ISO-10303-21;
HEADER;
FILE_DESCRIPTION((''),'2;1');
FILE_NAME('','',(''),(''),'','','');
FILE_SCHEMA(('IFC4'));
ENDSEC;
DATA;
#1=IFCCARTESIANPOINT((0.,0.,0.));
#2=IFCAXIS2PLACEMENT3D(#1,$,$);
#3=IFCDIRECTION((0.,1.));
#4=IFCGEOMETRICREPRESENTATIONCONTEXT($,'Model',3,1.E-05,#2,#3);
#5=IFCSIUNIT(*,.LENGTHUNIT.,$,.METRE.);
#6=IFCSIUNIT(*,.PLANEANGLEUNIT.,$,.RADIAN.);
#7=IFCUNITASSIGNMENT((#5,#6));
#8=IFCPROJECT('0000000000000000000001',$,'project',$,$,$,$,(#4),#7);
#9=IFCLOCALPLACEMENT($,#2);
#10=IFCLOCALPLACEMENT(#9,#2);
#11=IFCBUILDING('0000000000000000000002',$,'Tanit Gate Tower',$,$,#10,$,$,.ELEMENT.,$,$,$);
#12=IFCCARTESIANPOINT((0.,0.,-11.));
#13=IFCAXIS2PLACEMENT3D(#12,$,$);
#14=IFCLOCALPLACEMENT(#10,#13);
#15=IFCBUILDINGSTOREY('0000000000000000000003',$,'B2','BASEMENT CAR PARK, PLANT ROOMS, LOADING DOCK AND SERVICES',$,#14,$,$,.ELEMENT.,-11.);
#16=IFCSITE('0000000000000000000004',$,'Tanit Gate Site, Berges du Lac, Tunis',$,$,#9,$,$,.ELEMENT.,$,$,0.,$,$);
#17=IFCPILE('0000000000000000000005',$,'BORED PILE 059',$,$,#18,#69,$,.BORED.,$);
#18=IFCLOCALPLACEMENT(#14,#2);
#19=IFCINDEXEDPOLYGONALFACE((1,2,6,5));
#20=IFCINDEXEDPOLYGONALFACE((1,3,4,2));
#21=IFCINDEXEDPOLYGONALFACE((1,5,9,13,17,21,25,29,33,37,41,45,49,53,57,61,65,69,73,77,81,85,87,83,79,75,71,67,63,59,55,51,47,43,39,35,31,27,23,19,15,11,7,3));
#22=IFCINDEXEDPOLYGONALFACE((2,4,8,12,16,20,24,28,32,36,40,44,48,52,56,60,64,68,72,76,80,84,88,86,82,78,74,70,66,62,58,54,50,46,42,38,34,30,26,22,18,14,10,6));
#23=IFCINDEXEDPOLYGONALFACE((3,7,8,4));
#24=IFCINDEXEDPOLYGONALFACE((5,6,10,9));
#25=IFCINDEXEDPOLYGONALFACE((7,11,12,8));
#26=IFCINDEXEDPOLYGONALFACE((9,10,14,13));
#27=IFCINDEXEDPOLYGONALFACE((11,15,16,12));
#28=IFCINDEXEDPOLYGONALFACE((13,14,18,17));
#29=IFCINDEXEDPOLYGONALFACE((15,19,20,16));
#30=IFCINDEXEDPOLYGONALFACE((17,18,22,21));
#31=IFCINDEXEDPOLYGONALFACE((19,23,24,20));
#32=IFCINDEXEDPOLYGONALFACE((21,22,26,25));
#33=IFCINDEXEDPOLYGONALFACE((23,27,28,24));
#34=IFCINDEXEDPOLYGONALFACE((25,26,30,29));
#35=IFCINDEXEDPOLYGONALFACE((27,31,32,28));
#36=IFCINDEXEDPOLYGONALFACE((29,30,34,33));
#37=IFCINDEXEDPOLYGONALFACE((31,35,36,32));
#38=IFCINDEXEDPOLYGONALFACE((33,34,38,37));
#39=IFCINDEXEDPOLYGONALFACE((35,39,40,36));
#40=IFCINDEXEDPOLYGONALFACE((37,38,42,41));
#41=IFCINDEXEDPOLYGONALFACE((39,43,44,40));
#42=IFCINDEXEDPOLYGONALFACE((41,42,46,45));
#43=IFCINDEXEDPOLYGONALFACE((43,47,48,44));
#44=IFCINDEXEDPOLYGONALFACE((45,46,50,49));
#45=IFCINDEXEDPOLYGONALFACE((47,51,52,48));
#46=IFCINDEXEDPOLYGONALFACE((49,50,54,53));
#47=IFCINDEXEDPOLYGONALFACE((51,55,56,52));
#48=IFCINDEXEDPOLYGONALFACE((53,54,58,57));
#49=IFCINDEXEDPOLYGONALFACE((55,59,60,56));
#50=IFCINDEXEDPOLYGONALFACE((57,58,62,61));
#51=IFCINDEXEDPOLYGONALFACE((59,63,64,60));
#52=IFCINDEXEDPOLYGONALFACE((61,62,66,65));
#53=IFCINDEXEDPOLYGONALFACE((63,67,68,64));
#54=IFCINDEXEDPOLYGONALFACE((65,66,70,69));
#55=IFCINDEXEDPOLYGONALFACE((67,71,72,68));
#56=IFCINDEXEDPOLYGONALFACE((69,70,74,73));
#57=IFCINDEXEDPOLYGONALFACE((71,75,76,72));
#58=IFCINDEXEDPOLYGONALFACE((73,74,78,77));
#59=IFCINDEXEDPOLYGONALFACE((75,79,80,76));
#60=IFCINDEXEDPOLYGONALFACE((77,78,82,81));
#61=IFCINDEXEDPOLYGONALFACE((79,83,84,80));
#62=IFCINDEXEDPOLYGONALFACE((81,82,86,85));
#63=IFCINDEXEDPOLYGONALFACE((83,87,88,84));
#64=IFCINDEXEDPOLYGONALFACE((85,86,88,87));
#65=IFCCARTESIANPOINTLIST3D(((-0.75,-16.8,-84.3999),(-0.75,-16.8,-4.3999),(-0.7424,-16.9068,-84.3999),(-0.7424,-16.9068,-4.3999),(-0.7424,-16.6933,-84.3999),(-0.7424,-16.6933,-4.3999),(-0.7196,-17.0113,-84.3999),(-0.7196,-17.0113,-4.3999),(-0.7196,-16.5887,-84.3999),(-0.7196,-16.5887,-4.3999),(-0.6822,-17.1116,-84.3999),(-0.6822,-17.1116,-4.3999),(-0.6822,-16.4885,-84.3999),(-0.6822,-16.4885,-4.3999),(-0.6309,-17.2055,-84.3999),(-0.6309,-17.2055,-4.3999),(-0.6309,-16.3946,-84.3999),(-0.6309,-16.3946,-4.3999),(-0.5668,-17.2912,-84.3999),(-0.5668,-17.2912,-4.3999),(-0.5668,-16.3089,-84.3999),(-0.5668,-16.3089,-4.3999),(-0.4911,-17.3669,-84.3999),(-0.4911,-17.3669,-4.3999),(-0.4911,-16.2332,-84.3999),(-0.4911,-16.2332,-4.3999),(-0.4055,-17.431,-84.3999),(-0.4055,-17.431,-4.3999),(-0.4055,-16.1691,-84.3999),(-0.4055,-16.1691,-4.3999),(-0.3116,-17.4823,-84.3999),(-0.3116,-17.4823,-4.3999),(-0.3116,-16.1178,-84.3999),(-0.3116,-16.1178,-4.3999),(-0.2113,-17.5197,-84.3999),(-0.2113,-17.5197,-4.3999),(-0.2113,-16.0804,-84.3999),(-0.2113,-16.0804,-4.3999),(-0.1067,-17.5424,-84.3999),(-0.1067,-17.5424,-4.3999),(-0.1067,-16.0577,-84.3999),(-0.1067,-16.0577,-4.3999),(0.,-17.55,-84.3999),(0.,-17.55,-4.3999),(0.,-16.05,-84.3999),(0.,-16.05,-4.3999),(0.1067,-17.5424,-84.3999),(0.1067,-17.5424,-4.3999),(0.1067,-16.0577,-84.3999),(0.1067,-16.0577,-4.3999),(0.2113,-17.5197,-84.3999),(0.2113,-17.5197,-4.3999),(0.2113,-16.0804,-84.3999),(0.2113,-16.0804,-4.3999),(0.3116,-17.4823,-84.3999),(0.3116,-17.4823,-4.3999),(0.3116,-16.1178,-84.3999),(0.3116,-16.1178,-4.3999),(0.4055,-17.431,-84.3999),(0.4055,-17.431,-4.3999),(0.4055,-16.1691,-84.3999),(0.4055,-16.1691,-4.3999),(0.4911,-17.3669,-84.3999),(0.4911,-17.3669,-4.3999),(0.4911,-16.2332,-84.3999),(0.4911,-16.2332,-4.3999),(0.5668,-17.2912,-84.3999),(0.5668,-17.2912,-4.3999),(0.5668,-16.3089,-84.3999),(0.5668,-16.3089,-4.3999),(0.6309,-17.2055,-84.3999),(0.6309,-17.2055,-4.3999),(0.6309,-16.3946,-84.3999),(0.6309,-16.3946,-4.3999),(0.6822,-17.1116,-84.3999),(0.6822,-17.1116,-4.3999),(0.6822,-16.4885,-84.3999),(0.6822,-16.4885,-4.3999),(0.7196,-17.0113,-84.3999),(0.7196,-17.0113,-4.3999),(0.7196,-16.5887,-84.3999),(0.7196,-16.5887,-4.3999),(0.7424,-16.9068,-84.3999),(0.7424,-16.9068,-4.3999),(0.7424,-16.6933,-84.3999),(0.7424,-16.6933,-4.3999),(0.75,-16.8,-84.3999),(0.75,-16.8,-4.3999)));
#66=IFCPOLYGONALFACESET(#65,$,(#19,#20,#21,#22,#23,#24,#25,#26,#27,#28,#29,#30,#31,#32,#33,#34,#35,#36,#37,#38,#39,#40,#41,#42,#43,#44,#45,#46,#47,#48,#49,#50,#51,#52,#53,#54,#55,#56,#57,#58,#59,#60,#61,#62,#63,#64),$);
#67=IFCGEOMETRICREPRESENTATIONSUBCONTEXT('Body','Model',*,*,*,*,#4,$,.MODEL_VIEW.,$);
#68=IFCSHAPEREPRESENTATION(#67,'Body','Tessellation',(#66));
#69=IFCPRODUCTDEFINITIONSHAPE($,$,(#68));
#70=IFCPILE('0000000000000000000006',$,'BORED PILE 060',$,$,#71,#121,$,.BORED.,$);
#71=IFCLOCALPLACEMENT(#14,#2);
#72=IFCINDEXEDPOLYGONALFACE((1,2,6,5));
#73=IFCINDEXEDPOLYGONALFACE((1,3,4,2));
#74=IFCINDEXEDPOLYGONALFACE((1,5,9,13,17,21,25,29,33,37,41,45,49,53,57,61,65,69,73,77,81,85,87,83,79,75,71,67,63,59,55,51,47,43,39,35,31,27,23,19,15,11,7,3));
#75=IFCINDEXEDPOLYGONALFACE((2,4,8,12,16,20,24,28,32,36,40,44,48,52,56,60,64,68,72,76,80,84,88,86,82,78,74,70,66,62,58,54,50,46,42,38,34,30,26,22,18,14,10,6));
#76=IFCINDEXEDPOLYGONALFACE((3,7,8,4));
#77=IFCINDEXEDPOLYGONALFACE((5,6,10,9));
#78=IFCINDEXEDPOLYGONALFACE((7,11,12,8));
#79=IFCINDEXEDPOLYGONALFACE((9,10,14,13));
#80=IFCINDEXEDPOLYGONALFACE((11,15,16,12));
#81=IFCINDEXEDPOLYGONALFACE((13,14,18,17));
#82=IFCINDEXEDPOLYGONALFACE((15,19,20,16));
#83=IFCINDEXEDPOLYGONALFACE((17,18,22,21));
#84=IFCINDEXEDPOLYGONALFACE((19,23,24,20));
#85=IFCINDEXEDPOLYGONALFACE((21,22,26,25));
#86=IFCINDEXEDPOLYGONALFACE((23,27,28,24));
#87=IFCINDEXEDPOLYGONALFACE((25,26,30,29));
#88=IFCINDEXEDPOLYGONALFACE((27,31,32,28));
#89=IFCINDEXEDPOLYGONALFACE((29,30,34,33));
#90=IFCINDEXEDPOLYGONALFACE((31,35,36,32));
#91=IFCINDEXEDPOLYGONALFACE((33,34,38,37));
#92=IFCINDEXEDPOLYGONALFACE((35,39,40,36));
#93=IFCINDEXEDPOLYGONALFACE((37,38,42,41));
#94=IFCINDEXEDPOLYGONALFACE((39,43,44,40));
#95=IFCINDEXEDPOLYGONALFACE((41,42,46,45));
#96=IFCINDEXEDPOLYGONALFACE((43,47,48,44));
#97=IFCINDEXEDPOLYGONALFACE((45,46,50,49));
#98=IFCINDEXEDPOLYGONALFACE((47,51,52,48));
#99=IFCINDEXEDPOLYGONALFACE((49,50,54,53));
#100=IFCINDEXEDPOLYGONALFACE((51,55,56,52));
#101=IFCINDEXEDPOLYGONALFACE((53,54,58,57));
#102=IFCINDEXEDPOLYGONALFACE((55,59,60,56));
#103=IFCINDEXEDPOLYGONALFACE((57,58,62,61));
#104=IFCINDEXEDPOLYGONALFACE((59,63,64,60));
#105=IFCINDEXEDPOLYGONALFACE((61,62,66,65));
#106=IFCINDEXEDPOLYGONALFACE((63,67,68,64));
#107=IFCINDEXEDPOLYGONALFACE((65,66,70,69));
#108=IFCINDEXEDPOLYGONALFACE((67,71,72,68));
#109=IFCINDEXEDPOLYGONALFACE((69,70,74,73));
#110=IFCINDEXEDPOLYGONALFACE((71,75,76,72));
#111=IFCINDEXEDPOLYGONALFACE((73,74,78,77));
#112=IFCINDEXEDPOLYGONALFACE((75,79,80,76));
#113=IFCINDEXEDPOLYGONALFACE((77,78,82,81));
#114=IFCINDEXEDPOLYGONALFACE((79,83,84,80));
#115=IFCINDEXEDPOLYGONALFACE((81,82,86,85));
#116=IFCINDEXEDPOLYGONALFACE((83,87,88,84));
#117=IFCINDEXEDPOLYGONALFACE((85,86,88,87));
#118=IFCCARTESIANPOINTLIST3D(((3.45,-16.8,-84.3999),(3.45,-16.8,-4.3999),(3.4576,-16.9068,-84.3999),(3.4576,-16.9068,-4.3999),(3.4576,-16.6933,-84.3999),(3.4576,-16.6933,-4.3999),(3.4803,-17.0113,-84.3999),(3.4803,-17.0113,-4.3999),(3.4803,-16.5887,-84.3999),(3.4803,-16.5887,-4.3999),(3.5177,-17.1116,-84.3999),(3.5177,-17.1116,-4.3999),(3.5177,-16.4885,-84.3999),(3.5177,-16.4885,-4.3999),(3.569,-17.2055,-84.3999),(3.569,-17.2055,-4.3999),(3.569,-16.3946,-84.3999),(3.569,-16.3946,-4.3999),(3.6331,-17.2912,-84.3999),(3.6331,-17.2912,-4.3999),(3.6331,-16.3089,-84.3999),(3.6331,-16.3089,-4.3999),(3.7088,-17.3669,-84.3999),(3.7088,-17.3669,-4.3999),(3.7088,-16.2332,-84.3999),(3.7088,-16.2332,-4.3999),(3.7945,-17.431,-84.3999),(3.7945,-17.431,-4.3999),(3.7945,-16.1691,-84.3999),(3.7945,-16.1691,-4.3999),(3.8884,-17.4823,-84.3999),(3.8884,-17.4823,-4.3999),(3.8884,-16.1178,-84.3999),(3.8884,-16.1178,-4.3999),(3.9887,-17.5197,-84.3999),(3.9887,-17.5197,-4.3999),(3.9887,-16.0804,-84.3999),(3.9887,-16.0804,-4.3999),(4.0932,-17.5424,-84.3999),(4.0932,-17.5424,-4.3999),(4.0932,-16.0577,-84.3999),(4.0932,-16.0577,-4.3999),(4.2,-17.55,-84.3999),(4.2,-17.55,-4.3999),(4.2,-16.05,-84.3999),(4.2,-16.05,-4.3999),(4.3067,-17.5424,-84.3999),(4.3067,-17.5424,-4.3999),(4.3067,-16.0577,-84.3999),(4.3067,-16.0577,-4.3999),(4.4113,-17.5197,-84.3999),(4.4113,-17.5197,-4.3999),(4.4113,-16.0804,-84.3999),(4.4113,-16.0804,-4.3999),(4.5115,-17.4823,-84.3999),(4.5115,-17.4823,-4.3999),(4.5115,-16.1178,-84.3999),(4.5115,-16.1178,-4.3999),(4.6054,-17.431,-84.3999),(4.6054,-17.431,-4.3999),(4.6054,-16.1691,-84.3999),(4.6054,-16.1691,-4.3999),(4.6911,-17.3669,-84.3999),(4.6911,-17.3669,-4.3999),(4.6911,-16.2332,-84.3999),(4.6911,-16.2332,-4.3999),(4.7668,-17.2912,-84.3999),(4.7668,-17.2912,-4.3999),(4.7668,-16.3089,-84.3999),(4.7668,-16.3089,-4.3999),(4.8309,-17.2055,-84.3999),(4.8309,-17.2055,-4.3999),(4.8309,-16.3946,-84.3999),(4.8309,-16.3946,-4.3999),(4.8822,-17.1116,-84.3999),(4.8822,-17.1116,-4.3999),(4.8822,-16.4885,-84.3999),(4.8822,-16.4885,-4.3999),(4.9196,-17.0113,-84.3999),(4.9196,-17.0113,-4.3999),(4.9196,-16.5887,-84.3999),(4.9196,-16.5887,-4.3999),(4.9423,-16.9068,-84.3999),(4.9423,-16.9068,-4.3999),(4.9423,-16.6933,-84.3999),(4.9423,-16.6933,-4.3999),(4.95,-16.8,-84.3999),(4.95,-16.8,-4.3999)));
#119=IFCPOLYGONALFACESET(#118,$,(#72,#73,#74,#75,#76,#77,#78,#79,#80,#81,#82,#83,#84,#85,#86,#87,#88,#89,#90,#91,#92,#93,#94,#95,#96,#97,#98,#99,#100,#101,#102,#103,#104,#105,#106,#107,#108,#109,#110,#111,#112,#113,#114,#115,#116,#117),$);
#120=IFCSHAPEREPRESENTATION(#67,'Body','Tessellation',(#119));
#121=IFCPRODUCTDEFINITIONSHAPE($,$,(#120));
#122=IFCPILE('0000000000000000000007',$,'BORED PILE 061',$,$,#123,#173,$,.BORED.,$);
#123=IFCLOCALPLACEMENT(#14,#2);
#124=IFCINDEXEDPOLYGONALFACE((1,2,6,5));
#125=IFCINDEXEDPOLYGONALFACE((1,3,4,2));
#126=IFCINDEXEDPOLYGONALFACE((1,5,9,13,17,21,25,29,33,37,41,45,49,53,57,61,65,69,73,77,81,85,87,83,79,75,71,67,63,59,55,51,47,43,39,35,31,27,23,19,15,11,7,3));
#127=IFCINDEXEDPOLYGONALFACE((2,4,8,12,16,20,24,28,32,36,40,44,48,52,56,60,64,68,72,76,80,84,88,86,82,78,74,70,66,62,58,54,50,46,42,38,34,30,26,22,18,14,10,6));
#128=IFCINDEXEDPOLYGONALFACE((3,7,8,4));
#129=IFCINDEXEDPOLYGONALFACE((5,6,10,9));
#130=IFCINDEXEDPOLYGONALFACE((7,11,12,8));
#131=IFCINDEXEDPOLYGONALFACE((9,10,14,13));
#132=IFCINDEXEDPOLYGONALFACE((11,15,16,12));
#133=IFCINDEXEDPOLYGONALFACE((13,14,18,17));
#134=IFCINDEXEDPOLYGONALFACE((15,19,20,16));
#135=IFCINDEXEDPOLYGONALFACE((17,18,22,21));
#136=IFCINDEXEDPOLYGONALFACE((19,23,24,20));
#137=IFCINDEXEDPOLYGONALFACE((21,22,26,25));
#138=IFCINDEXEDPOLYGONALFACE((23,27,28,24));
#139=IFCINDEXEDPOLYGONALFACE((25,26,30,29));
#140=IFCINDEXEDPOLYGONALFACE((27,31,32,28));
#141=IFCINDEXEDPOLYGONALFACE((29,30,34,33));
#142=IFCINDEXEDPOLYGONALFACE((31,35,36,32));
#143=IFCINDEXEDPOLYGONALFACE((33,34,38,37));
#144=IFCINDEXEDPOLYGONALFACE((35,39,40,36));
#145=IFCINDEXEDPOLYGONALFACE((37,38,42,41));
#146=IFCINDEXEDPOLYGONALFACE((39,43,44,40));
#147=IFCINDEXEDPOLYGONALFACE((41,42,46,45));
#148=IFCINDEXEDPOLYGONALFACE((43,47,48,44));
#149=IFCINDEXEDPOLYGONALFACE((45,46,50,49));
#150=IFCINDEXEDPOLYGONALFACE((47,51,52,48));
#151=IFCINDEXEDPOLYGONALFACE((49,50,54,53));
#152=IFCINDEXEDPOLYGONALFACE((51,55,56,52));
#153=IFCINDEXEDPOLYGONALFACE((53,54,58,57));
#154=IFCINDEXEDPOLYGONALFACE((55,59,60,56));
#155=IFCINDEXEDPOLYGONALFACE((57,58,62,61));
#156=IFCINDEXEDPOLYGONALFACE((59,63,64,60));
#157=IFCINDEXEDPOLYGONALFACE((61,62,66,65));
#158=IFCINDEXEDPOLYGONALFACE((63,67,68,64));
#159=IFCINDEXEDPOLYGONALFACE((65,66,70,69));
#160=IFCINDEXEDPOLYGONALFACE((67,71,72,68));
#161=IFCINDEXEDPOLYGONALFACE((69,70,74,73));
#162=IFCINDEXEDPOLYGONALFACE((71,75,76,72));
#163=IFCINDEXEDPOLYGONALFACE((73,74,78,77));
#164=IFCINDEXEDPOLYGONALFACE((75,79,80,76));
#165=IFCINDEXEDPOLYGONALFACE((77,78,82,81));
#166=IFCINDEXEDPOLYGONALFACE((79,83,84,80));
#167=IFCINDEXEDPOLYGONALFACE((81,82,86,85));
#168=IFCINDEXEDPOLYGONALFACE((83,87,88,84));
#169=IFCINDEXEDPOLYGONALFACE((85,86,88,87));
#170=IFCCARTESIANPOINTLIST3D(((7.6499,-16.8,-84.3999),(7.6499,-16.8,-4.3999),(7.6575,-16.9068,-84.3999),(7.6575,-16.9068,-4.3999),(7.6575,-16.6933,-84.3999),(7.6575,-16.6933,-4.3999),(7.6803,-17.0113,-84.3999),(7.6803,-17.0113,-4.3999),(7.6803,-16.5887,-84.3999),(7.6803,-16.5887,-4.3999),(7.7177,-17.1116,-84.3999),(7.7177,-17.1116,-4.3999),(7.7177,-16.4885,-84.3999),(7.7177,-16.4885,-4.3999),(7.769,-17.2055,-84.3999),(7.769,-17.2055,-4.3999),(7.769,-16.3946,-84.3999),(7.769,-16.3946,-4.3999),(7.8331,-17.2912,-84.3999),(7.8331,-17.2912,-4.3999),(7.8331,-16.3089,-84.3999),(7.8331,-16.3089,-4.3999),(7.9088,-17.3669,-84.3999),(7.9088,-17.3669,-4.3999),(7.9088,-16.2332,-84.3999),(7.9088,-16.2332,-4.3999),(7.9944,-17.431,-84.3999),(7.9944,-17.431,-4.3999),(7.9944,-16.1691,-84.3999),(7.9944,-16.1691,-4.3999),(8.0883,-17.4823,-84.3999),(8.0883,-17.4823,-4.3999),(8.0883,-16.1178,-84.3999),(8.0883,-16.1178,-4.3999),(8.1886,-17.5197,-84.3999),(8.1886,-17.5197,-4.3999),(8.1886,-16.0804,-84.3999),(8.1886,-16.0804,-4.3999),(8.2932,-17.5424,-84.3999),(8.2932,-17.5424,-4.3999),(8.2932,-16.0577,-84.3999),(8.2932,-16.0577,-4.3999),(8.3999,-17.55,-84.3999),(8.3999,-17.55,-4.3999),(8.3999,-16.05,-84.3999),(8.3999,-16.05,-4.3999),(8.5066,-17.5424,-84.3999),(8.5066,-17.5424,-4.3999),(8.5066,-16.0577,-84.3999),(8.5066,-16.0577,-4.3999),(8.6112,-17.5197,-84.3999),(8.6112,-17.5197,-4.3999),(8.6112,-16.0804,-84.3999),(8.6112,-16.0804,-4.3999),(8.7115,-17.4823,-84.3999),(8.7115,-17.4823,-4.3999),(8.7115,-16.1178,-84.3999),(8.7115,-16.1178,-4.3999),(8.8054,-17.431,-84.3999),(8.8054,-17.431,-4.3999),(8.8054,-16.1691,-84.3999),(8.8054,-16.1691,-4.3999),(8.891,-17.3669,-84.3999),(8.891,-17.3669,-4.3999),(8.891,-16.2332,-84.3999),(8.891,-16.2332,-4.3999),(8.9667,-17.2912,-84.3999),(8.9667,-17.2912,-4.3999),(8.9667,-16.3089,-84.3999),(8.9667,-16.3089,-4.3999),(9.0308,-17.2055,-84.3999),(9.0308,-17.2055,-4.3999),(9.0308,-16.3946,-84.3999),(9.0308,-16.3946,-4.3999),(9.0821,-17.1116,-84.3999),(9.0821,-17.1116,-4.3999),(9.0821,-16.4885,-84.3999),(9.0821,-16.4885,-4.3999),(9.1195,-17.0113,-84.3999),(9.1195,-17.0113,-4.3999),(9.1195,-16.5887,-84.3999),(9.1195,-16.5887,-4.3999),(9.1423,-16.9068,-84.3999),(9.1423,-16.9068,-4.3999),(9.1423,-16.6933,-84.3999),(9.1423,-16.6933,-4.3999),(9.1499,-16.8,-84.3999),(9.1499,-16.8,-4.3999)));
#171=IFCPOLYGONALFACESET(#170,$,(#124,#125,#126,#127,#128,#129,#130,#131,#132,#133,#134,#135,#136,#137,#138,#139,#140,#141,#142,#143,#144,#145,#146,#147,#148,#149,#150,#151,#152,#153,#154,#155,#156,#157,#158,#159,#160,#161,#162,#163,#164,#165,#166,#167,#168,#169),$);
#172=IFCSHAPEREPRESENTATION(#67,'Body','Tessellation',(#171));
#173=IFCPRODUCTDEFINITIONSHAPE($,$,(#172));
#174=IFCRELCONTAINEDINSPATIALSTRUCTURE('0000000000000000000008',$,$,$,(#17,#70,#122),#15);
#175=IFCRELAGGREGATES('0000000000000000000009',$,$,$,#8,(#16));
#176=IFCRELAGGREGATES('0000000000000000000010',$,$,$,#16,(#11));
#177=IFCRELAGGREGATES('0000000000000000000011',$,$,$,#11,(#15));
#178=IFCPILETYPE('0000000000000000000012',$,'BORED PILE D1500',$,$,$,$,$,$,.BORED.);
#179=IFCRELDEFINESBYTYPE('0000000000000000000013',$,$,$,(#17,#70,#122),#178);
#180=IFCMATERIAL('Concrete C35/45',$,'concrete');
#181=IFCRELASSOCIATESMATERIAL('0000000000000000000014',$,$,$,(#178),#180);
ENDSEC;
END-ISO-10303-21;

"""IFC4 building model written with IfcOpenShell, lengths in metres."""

from ifc_helpers import new_model, si_unit, direction, frame, origin, origin_2d, place, context, subcontext, project, spatial, circle, extrude, material, material_profile, profile_set, type_object, element, save


model = new_model("IFC4")

# Units and contexts
model_context = context("Model", 3, precision=1e-05, world=origin(), true_north=direction((0.0, 1.0)))
body_context = subcontext(model_context, "Body", "Model", "MODEL_VIEW")
ifc_project = project(units=[si_unit("LENGTHUNIT", "METRE"), si_unit("PLANEANGLEUNIT", "RADIAN")], contexts=[model_context])

# Site, building, storey
site_placement = place(None, origin())
site = spatial("IfcSite", under=ifc_project, at=site_placement, Name="Tanit Gate Site, Berges du Lac, Tunis", CompositionType="ELEMENT", RefElevation=0.0)
building_placement = place(site_placement, origin())
building = spatial("IfcBuilding", under=site, at=building_placement, Name="Tanit Gate Tower", CompositionType="ELEMENT")
storey_placement = place(building_placement, frame((0.0, 0.0, -11.0)))
storey = spatial("IfcBuildingStorey", under=building, at=storey_placement, Name="B2", Description="BASEMENT CAR PARK, PLANT ROOMS, LOADING DOCK AND SERVICES", CompositionType="ELEMENT", Elevation=-11.0)

# Piles
ifc_material_1 = material(Name="Concrete C35/45", Category="concrete")
ifc_material_profile = material_profile(ifc_material_1, circle(Radius=0.75, at=origin_2d()), Name="BORED PILE D1500 C35/45")
ifc_profile_set = profile_set([ifc_material_profile], Name="Concrete C35/45")
pile_type = type_object("IfcPileType", Name="BORED PILE D1500", PredefinedType="BORED", material=ifc_profile_set)
for number, where, z_axis, x_axis, name in (
    (1, (0.0, -16.8, -4.3999), (0.0, 0.0, -1.0), (1.0, 0.0, 0.0), "BORED PILE 059"),
    (2, (4.2, -16.8, -4.3999), (0.0, 0.0, -1.0), (1.0, 0.0, 0.0), "BORED PILE 060"),
    (3, (8.3999, -16.8, -4.3999), (0.0, 0.0, -1.0), (1.0, 0.0, 0.0), "BORED PILE 061"),
):
    element("IfcPile", number, at=place(storey_placement, frame(where, z_axis=z_axis, x_axis=x_axis)), inside=storey, type_object=pile_type, Name=name, PredefinedType="BORED", context=body_context, shape_type="SweptSolid", body=[
        extrude(circle(Radius=0.75, at=origin_2d()), origin(), (0.0, 0.0, 1.0), 80.0),
    ])

save(model, "model.ifc")
